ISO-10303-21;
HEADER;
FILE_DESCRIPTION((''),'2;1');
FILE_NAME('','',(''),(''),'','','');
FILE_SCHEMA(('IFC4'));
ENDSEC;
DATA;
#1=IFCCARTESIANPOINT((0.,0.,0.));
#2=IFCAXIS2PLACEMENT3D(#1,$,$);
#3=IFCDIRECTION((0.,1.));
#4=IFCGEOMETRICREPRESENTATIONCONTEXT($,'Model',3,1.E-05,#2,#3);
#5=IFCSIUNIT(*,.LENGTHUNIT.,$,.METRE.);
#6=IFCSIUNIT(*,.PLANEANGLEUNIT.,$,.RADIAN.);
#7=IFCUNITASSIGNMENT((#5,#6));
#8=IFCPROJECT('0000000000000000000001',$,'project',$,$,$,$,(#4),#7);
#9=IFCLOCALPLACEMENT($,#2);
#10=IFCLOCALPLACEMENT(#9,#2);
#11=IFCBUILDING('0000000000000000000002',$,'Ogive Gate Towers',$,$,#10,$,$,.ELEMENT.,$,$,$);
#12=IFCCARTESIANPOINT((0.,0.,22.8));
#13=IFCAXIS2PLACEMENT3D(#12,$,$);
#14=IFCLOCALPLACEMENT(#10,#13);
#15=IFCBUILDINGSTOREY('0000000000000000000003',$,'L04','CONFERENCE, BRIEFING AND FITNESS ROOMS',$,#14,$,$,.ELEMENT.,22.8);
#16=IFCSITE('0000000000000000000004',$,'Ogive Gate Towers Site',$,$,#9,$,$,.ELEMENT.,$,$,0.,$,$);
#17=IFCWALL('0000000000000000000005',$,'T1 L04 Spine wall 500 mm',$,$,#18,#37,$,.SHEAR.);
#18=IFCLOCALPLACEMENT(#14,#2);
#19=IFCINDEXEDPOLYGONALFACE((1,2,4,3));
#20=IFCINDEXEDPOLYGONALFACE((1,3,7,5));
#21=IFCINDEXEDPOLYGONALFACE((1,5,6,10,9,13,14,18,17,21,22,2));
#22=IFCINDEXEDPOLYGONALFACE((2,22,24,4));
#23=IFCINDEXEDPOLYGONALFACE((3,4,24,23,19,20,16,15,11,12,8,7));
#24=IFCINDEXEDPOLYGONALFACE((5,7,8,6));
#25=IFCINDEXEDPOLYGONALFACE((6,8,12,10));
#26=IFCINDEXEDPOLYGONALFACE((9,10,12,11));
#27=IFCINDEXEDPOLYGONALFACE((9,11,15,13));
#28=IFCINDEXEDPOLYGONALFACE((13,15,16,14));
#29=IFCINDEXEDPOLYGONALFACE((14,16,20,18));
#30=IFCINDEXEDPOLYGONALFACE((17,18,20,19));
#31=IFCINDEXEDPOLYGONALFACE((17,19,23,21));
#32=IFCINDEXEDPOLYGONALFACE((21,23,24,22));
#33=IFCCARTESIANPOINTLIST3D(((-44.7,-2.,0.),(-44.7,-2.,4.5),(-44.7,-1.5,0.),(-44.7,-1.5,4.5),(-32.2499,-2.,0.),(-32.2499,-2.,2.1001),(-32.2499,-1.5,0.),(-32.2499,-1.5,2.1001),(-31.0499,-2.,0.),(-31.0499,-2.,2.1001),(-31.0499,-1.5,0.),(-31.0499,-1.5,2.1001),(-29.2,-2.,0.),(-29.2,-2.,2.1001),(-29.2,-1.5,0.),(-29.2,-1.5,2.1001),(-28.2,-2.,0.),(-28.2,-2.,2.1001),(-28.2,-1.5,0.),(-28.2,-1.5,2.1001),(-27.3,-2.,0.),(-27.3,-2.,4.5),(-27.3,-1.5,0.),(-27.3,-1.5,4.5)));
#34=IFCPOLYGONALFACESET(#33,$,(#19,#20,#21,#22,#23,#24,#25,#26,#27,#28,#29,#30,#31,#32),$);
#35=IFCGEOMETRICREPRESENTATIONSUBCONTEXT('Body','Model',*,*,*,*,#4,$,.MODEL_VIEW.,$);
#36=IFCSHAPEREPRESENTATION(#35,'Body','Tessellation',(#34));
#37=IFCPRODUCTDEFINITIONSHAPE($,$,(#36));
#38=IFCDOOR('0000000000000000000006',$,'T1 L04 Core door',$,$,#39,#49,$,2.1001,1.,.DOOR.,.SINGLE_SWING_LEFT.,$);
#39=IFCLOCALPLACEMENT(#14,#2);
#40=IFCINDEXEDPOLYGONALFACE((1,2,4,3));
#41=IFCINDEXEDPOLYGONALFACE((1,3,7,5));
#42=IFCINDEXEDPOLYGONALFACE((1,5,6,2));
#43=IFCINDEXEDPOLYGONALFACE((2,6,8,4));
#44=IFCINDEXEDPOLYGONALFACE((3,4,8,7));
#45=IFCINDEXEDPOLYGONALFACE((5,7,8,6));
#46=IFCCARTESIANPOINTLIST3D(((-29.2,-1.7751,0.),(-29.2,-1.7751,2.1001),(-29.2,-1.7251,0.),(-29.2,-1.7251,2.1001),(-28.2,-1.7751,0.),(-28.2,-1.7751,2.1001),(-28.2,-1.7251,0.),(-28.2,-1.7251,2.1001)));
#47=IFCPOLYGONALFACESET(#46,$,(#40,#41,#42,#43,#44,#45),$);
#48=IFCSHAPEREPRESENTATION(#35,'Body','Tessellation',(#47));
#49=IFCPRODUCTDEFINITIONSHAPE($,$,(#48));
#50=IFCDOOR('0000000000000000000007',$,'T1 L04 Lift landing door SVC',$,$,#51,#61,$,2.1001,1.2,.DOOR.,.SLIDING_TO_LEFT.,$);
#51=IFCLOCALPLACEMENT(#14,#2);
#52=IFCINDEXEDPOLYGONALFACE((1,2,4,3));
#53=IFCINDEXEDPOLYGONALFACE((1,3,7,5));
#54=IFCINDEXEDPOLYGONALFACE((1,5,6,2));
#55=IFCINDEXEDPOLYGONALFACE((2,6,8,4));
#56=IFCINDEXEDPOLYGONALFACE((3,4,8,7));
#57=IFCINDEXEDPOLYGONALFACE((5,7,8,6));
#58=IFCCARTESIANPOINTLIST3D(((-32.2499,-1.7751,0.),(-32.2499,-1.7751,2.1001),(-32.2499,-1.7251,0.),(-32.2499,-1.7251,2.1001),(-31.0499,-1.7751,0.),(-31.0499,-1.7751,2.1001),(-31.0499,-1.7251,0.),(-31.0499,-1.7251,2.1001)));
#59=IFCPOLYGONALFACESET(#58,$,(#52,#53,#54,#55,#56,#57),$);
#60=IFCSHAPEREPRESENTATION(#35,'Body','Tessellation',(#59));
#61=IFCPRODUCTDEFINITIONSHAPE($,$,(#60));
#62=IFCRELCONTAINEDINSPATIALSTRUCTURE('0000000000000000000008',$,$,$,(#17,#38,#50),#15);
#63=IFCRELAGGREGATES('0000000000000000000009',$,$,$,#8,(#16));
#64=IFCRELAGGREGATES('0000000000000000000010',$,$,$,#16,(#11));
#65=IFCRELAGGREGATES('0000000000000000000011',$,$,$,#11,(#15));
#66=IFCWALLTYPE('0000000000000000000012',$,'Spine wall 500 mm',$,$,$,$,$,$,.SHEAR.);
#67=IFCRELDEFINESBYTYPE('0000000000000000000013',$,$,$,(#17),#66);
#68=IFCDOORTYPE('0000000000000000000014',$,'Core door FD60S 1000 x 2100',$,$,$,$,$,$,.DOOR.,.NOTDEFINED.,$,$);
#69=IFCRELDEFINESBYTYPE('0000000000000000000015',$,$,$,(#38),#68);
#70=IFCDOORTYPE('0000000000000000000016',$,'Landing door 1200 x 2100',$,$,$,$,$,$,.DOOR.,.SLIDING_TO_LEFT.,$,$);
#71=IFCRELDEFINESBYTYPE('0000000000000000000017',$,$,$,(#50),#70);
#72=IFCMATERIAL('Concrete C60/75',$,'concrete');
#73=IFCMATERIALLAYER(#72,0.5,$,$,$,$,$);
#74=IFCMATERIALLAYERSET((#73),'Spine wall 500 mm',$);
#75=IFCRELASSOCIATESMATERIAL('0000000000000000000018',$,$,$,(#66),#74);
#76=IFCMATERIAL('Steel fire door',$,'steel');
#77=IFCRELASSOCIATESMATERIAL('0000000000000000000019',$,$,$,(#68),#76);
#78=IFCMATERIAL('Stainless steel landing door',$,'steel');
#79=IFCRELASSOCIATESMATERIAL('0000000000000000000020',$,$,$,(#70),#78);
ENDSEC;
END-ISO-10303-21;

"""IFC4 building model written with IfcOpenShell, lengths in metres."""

from ifc_helpers import new_model, si_unit, direction, frame, frame_2d, origin, place, context, subcontext, project, spatial, rectangle, extrude, material, layer, layer_set, type_object, element, fill, save


model = new_model("IFC4")

# Units and contexts
model_context = context("Model", 3, precision=1e-05, world=origin(), true_north=direction((0.0, 1.0)))
body_context = subcontext(model_context, "Body", "Model", "MODEL_VIEW")
ifc_project = project(units=[si_unit("LENGTHUNIT", "METRE"), si_unit("PLANEANGLEUNIT", "RADIAN")], contexts=[model_context])

# Site, building, storey
site_placement = place(None, origin())
site = spatial("IfcSite", under=ifc_project, at=site_placement, Name="Ogive Gate Towers Site", CompositionType="ELEMENT", RefElevation=0.0)
building_placement = place(site_placement, origin())
building = spatial("IfcBuilding", under=site, at=building_placement, Name="Ogive Gate Towers", CompositionType="ELEMENT")
storey_placement = place(building_placement, frame((0.0, 0.0, 22.8)))
storey = spatial("IfcBuildingStorey", under=building, at=storey_placement, Name="L04", Description="CONFERENCE, BRIEFING AND FITNESS ROOMS", CompositionType="ELEMENT", Elevation=22.8)

# Shared definitions
ifc_material_1 = material(Name="Concrete C60/75", Category="concrete")
ifc_material_2 = material(Name="Steel fire door", Category="steel")

# Wall, openings, doors
ifc_layer_1 = layer(ifc_material_1, 0.5)
ifc_layer_set_1 = layer_set([ifc_layer_1], Name="Spine wall 500 mm")
wall_type_1 = type_object("IfcWallType", Name="Spine wall 500 mm", PredefinedType="SHEAR", material=ifc_layer_set_1)
wall_1_placement = place(storey_placement, frame((-44.7, -1.75, 0.0), z_axis=(0.0, 0.0, 1.0), x_axis=(1.0, 0.0, 0.0)))
wall_1 = element("IfcWall", 1, at=wall_1_placement, inside=storey, type_object=wall_type_1, Name="T1 L04 Spine wall 500 mm", PredefinedType="SHEAR", context=body_context, shape_type="SweptSolid", body=[
    extrude(rectangle(XDim=17.3999, YDim=0.5, at=frame_2d((8.7, 0.0))), origin(), (0.0, 0.0, 1.0), 4.5),
])
opening_1_placement = place(wall_1_placement, frame((12.45, 0.0, 0.0)))
opening_1 = element("IfcOpeningElement", 2, at=opening_1_placement, cuts=wall_1, PredefinedType="OPENING", context=body_context, shape_type="SweptSolid", body=[
    extrude(rectangle(XDim=1.2, YDim=2.1001, at=frame_2d((0.6001, 1.05))), frame((0.0, 0.26, 0.0), z_axis=(0.0, -1.0, 0.0), x_axis=(1.0, 0.0, 0.0)), (0.0, 0.0, 1.0), 0.52),
])
opening_2_placement = place(wall_1_placement, frame((15.5, 0.0, 0.0)))
opening_2 = element("IfcOpeningElement", 3, at=opening_2_placement, cuts=wall_1, PredefinedType="OPENING", context=body_context, shape_type="SweptSolid", body=[
    extrude(rectangle(XDim=1.0, YDim=2.1001, at=frame_2d((0.5, 1.05))), frame((0.0, 0.26, 0.0), z_axis=(0.0, -1.0, 0.0), x_axis=(1.0, 0.0, 0.0)), (0.0, 0.0, 1.0), 0.52),
])
door_type_1 = type_object("IfcDoorType", Name="Core door FD60S 1000 x 2100", OperationType="NOTDEFINED", PredefinedType="DOOR", material=ifc_material_2)
door_1_placement = place(opening_2_placement, origin())
door_1 = element("IfcDoor", 4, at=door_1_placement, inside=storey, type_object=door_type_1, Name="T1 L04 Core door", OperationType="SINGLE_SWING_LEFT", OverallHeight=2.1001, OverallWidth=1.0, PredefinedType="DOOR", context=body_context, shape_type="SweptSolid", body=[
    extrude(rectangle(XDim=1.0, YDim=2.1001, at=frame_2d((0.5, 1.05))), frame((0.0, 0.0249, 0.0), z_axis=(0.0, -1.0, 0.0), x_axis=(1.0, 0.0, 0.0)), (0.0, 0.0, 1.0), 0.05),
])
fill(opening_2, door_1)
ifc_material_3 = material(Name="Stainless steel landing door", Category="steel")
door_type_2 = type_object("IfcDoorType", Name="Landing door 1200 x 2100", OperationType="SLIDING_TO_LEFT", PredefinedType="DOOR", material=ifc_material_3)
door_2_placement = place(opening_1_placement, origin())
door_2 = element("IfcDoor", 5, at=door_2_placement, inside=storey, type_object=door_type_2, Name="T1 L04 Lift landing door SVC", OperationType="SLIDING_TO_LEFT", OverallHeight=2.1001, OverallWidth=1.2, PredefinedType="DOOR", context=body_context, shape_type="SweptSolid", body=[
    extrude(rectangle(XDim=1.2, YDim=2.1001, at=frame_2d((0.6001, 1.05))), frame((0.0, 0.0249, 0.0), z_axis=(0.0, -1.0, 0.0), x_axis=(1.0, 0.0, 0.0)), (0.0, 0.0, 1.0), 0.05),
])
fill(opening_1, door_2)

save(model, "model.ifc")
